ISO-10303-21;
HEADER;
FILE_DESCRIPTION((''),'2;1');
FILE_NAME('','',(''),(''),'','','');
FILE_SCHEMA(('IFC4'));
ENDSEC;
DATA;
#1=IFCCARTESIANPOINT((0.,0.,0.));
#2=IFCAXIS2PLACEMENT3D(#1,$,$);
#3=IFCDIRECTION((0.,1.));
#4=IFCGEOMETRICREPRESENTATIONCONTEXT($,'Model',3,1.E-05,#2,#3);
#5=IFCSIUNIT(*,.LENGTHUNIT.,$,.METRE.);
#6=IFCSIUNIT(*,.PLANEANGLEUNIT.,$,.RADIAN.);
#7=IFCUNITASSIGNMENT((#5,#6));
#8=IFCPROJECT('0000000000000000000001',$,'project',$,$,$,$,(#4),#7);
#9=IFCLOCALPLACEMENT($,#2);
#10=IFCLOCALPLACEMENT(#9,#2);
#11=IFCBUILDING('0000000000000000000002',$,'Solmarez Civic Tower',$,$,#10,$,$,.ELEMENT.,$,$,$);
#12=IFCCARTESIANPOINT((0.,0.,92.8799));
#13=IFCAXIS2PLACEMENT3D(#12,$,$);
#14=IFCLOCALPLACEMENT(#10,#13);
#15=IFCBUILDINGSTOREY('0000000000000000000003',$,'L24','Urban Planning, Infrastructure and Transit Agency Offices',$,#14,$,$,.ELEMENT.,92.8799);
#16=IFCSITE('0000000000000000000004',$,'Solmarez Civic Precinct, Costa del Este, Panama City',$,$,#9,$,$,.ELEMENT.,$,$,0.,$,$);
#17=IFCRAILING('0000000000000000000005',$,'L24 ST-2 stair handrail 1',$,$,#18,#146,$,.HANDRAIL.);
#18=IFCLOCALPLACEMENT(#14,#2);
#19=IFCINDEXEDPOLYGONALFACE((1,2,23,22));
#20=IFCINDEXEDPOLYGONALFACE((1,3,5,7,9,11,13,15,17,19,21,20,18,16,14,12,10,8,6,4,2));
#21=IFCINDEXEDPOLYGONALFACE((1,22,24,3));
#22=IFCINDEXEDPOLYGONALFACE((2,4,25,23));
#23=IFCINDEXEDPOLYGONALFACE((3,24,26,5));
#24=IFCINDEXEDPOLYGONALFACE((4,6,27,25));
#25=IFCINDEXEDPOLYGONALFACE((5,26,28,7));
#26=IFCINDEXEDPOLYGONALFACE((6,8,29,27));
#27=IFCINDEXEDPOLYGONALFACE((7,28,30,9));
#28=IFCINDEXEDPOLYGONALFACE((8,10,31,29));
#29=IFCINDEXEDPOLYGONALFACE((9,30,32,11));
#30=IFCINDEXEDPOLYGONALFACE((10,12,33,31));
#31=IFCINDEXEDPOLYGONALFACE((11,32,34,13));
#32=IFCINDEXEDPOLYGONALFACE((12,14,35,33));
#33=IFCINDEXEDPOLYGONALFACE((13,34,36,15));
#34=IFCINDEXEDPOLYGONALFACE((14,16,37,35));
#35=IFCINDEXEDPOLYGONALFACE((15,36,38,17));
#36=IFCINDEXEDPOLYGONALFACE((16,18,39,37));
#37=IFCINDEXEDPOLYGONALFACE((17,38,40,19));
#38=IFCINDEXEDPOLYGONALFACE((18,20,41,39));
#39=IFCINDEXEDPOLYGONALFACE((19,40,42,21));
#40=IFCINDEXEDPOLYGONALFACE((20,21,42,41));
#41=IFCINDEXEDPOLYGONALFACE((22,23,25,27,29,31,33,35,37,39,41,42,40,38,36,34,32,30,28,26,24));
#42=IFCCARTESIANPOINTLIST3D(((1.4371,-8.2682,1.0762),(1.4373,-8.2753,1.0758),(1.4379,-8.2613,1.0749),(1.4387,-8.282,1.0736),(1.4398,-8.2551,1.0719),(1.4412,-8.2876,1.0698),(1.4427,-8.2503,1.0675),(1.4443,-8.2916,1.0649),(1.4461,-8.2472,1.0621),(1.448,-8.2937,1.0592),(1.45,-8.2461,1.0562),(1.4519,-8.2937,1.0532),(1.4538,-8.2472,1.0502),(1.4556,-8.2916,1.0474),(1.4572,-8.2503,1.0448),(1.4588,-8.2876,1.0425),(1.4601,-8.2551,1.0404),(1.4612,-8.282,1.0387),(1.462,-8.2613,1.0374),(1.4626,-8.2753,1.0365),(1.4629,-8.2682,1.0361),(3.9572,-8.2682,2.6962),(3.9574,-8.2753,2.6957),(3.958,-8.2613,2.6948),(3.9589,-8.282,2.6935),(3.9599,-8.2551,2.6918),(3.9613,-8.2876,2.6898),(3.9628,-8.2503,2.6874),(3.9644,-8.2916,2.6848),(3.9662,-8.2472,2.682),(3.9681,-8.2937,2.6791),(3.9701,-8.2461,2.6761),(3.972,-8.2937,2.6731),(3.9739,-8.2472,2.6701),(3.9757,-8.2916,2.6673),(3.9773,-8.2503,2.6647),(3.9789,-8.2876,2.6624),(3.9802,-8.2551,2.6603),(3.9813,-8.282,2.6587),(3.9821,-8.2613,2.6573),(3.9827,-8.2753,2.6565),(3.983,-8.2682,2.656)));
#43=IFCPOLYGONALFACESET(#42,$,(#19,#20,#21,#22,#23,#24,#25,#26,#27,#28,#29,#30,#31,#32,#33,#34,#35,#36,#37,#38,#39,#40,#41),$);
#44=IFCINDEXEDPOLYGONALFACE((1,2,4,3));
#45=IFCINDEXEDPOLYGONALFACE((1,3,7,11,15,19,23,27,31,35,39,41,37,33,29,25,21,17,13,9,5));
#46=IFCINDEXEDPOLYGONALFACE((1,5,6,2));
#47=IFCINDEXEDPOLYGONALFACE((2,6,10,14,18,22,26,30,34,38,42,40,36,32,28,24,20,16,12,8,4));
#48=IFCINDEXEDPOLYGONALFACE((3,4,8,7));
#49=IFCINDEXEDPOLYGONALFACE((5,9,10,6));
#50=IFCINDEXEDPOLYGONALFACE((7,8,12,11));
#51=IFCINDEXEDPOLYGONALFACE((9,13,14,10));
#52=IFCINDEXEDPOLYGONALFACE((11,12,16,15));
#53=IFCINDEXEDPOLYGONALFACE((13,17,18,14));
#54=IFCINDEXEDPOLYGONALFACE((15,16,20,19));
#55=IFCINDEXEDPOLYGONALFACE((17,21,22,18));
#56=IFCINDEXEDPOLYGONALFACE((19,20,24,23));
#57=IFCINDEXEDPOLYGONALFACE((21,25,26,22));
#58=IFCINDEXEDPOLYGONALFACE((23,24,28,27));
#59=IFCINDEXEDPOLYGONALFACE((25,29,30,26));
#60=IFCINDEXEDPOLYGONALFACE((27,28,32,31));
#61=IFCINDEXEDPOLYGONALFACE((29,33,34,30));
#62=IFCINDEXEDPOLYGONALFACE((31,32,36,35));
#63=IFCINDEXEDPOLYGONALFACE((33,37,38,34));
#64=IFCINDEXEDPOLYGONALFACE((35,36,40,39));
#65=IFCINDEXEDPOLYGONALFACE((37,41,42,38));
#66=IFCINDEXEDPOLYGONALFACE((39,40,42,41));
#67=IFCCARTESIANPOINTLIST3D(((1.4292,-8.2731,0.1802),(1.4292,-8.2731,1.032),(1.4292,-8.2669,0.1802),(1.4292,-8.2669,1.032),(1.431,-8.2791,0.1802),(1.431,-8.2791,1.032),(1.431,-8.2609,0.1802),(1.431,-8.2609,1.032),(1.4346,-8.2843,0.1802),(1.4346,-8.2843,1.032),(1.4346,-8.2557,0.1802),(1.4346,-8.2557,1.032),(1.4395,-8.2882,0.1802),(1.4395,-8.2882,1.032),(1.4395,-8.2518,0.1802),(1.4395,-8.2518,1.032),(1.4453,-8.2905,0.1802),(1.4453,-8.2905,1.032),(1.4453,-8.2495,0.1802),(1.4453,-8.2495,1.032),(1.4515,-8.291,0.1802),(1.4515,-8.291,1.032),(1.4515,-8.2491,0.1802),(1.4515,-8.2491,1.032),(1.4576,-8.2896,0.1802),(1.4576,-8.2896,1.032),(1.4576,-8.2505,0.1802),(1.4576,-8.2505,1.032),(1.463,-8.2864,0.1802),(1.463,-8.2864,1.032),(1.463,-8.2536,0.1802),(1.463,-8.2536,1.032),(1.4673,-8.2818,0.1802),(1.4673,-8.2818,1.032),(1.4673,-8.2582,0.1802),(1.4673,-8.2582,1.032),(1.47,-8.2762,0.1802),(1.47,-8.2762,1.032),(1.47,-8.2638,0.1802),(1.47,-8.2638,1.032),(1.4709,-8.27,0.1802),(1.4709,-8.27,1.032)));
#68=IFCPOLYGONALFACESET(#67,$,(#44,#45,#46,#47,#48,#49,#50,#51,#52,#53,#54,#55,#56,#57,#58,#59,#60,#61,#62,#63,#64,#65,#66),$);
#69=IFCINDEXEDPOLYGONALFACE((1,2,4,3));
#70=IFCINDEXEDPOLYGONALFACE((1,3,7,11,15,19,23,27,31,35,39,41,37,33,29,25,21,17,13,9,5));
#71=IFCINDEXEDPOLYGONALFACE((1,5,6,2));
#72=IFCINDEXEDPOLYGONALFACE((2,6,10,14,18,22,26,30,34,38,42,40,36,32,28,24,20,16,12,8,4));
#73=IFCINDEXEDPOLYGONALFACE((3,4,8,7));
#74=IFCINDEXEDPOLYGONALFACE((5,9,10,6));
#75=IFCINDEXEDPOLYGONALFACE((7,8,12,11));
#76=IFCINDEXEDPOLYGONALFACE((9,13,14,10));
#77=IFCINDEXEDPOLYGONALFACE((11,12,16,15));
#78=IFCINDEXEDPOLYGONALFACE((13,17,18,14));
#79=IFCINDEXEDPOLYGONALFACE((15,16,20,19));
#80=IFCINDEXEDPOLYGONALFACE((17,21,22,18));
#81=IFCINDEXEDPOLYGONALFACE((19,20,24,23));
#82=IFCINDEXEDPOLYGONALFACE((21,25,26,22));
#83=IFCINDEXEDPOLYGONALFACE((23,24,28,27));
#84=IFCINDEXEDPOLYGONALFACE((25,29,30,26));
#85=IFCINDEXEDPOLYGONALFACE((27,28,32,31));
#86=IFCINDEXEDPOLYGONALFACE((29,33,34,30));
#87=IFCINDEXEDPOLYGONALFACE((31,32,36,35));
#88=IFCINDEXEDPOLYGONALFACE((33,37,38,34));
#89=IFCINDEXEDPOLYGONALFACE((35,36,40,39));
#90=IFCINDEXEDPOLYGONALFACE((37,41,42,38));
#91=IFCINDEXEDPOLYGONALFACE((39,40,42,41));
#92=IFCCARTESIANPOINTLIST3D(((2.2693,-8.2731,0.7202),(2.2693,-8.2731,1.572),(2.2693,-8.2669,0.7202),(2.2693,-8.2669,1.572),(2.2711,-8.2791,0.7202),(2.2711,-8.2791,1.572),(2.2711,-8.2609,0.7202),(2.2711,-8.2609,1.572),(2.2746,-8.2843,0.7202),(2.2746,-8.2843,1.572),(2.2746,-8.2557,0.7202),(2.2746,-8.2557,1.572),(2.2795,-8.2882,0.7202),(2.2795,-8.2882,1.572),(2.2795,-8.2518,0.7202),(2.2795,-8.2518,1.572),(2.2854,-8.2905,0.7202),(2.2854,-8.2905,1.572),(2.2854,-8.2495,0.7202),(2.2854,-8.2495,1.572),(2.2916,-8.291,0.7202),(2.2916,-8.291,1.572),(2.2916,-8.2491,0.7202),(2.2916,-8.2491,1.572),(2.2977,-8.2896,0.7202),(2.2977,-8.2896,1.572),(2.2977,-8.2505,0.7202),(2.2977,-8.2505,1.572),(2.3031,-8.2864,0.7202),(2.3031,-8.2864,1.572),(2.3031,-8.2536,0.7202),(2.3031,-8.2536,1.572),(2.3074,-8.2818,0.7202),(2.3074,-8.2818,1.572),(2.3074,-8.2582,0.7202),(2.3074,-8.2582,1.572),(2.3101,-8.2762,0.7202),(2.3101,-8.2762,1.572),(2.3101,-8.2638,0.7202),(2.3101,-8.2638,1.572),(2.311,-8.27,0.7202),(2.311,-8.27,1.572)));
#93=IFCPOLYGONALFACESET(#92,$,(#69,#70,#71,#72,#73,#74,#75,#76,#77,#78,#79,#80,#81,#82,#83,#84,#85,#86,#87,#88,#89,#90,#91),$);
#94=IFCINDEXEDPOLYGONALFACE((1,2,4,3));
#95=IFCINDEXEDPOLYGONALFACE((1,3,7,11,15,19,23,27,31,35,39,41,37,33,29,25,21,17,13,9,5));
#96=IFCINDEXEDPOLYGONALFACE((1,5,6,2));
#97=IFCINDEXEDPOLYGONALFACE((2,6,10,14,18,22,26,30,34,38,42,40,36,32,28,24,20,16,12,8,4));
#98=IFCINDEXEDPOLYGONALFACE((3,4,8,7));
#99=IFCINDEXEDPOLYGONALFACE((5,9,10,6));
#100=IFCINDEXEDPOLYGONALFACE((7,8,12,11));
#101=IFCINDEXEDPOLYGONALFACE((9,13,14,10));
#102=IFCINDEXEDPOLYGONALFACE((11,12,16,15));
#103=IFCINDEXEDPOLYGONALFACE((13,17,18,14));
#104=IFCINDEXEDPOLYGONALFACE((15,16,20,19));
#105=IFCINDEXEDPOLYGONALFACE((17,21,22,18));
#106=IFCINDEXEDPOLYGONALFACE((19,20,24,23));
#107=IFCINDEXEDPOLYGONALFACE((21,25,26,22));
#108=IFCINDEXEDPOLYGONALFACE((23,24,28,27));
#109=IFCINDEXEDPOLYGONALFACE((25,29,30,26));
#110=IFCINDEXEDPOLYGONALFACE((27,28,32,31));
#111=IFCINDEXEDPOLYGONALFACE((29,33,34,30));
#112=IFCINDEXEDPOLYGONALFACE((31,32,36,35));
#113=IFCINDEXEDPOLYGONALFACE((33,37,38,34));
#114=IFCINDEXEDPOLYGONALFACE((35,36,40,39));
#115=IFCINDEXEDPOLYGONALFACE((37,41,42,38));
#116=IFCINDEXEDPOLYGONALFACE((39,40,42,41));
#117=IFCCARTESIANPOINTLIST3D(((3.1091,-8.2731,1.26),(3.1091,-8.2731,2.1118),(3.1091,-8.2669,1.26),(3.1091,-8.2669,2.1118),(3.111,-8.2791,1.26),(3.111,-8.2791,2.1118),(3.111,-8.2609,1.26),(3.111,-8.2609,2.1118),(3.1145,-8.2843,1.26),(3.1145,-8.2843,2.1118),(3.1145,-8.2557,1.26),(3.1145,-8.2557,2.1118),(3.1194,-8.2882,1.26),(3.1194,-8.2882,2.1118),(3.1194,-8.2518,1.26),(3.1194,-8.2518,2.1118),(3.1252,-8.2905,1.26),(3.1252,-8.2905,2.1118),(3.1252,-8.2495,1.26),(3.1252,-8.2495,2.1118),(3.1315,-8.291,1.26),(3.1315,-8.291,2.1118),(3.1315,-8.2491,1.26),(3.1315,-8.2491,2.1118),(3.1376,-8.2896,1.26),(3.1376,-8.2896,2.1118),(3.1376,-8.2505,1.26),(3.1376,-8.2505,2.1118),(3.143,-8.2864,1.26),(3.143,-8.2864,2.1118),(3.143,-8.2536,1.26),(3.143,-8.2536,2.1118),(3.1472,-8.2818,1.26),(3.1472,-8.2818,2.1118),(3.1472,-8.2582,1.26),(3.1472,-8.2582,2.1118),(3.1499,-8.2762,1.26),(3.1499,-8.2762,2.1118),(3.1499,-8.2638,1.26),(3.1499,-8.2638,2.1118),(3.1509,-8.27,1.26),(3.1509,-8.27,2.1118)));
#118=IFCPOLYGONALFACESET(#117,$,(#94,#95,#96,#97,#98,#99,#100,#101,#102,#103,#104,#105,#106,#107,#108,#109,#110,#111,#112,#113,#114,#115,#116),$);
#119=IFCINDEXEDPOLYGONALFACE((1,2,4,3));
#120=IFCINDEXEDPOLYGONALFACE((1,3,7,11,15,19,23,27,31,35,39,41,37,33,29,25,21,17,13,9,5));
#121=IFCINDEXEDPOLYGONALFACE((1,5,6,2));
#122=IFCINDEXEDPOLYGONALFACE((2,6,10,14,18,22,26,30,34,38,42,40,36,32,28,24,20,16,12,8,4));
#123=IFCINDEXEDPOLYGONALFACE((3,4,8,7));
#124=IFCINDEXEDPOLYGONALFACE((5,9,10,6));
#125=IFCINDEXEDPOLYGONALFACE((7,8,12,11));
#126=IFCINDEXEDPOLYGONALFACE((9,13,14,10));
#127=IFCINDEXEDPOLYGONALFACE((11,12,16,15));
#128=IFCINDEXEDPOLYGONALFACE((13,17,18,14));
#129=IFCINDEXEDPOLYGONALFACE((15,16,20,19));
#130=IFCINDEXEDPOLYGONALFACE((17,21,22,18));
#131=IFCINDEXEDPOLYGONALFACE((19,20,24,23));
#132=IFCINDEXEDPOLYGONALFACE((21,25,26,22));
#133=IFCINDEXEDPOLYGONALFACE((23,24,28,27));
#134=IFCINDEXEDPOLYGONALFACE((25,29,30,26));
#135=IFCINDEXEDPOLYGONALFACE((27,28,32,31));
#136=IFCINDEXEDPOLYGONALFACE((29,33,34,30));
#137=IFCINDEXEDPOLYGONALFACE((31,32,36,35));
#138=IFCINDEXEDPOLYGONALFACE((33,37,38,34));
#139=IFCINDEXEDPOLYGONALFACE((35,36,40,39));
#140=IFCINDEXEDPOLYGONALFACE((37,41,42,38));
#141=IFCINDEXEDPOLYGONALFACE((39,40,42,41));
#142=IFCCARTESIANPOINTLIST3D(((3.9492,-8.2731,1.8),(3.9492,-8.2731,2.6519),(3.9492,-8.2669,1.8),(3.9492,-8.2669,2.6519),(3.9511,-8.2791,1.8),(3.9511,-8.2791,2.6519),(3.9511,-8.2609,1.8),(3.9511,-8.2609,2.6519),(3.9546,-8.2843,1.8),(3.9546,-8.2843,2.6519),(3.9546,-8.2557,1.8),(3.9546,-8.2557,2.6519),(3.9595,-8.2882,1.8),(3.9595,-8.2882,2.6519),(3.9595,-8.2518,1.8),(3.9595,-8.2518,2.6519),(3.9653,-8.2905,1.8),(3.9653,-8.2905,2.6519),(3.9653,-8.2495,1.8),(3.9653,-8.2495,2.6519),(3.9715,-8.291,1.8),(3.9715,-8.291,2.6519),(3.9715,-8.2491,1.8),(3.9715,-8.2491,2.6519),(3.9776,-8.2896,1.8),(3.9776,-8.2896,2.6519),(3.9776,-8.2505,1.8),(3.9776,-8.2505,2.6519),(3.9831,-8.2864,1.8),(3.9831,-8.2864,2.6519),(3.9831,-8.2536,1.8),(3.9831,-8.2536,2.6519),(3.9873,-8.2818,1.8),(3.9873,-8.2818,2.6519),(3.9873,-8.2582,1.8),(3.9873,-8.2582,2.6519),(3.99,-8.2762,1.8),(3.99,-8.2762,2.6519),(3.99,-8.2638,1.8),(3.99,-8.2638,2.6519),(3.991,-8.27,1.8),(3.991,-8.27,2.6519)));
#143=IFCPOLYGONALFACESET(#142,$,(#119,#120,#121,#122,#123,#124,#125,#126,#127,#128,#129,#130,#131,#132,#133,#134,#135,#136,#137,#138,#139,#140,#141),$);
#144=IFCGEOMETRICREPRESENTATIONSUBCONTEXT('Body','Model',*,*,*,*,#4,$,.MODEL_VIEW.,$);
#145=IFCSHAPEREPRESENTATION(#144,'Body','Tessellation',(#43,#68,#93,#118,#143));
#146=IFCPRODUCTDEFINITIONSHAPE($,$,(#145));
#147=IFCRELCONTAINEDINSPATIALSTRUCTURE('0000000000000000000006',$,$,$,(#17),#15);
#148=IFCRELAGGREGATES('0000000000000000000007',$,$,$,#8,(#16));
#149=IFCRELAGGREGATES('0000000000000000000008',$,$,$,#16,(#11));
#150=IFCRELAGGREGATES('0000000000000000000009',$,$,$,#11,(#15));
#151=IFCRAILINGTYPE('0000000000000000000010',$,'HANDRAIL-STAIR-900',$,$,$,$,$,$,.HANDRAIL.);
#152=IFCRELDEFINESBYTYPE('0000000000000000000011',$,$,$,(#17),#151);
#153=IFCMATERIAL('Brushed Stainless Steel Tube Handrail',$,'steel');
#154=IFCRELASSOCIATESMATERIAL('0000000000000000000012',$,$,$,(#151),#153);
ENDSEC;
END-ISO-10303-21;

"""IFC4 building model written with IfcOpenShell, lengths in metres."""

from ifc_helpers import new_model, si_unit, direction, frame, origin, origin_2d, place, context, subcontext, project, spatial, circle, extrude, material, type_object, element, save


model = new_model("IFC4")

# Units and contexts
model_context = context("Model", 3, precision=1e-05, world=origin(), true_north=direction((0.0, 1.0)))
body_context = subcontext(model_context, "Body", "Model", "MODEL_VIEW")
ifc_project = project(units=[si_unit("LENGTHUNIT", "METRE"), si_unit("PLANEANGLEUNIT", "RADIAN")], contexts=[model_context])

# Site, building, storey
site_placement = place(None, origin())
site = spatial("IfcSite", under=ifc_project, at=site_placement, Name="Solmarez Civic Precinct, Costa del Este, Panama City", CompositionType="ELEMENT", RefElevation=0.0)
building_placement = place(site_placement, origin())
building = spatial("IfcBuilding", under=site, at=building_placement, Name="Solmarez Civic Tower", CompositionType="ELEMENT")
storey_placement = place(building_placement, frame((0.0, 0.0, 92.8799)))
storey = spatial("IfcBuildingStorey", under=building, at=storey_placement, Name="L24", Description="Urban Planning, Infrastructure and Transit Agency Offices", CompositionType="ELEMENT", Elevation=92.8799)

# Railing
ifc_material_1 = material(Name="Brushed Stainless Steel Tube Handrail", Category="steel")
railing_type_1 = type_object("IfcRailingType", Name="HANDRAIL-STAIR-900", PredefinedType="HANDRAIL", material=ifc_material_1)
railing_1_placement = place(storey_placement, frame((1.45, -8.27, 0.1802)))
element("IfcRailing", 1, at=railing_1_placement, inside=storey, type_object=railing_type_1, Name="L24 ST-2 stair handrail 1", PredefinedType="HANDRAIL", context=body_context, shape_type="SweptSolid", body=[
    extrude(circle(Radius=0.0239, at=origin_2d()), frame((0.0, 0.0, 0.876), z_axis=(0.8412, 0.0, 0.540725), x_axis=(0.0, 1.0, 0.0)), (0.0, 0.0, 1.0), 2.9958),
    extrude(circle(Radius=0.021, at=origin_2d()), origin(), (0.0, 0.0, 1.0), 0.8518),
    extrude(circle(Radius=0.021, at=origin_2d()), frame((0.8401, 0.0, 0.54)), (0.0, 0.0, 1.0), 0.8518),
    extrude(circle(Radius=0.021, at=origin_2d()), frame((1.6799, 0.0, 1.0798)), (0.0, 0.0, 1.0), 0.8518),
    extrude(circle(Radius=0.021, at=origin_2d()), frame((2.52, 0.0, 1.6199)), (0.0, 0.0, 1.0), 0.8518),
])

save(model, "model.ifc")
